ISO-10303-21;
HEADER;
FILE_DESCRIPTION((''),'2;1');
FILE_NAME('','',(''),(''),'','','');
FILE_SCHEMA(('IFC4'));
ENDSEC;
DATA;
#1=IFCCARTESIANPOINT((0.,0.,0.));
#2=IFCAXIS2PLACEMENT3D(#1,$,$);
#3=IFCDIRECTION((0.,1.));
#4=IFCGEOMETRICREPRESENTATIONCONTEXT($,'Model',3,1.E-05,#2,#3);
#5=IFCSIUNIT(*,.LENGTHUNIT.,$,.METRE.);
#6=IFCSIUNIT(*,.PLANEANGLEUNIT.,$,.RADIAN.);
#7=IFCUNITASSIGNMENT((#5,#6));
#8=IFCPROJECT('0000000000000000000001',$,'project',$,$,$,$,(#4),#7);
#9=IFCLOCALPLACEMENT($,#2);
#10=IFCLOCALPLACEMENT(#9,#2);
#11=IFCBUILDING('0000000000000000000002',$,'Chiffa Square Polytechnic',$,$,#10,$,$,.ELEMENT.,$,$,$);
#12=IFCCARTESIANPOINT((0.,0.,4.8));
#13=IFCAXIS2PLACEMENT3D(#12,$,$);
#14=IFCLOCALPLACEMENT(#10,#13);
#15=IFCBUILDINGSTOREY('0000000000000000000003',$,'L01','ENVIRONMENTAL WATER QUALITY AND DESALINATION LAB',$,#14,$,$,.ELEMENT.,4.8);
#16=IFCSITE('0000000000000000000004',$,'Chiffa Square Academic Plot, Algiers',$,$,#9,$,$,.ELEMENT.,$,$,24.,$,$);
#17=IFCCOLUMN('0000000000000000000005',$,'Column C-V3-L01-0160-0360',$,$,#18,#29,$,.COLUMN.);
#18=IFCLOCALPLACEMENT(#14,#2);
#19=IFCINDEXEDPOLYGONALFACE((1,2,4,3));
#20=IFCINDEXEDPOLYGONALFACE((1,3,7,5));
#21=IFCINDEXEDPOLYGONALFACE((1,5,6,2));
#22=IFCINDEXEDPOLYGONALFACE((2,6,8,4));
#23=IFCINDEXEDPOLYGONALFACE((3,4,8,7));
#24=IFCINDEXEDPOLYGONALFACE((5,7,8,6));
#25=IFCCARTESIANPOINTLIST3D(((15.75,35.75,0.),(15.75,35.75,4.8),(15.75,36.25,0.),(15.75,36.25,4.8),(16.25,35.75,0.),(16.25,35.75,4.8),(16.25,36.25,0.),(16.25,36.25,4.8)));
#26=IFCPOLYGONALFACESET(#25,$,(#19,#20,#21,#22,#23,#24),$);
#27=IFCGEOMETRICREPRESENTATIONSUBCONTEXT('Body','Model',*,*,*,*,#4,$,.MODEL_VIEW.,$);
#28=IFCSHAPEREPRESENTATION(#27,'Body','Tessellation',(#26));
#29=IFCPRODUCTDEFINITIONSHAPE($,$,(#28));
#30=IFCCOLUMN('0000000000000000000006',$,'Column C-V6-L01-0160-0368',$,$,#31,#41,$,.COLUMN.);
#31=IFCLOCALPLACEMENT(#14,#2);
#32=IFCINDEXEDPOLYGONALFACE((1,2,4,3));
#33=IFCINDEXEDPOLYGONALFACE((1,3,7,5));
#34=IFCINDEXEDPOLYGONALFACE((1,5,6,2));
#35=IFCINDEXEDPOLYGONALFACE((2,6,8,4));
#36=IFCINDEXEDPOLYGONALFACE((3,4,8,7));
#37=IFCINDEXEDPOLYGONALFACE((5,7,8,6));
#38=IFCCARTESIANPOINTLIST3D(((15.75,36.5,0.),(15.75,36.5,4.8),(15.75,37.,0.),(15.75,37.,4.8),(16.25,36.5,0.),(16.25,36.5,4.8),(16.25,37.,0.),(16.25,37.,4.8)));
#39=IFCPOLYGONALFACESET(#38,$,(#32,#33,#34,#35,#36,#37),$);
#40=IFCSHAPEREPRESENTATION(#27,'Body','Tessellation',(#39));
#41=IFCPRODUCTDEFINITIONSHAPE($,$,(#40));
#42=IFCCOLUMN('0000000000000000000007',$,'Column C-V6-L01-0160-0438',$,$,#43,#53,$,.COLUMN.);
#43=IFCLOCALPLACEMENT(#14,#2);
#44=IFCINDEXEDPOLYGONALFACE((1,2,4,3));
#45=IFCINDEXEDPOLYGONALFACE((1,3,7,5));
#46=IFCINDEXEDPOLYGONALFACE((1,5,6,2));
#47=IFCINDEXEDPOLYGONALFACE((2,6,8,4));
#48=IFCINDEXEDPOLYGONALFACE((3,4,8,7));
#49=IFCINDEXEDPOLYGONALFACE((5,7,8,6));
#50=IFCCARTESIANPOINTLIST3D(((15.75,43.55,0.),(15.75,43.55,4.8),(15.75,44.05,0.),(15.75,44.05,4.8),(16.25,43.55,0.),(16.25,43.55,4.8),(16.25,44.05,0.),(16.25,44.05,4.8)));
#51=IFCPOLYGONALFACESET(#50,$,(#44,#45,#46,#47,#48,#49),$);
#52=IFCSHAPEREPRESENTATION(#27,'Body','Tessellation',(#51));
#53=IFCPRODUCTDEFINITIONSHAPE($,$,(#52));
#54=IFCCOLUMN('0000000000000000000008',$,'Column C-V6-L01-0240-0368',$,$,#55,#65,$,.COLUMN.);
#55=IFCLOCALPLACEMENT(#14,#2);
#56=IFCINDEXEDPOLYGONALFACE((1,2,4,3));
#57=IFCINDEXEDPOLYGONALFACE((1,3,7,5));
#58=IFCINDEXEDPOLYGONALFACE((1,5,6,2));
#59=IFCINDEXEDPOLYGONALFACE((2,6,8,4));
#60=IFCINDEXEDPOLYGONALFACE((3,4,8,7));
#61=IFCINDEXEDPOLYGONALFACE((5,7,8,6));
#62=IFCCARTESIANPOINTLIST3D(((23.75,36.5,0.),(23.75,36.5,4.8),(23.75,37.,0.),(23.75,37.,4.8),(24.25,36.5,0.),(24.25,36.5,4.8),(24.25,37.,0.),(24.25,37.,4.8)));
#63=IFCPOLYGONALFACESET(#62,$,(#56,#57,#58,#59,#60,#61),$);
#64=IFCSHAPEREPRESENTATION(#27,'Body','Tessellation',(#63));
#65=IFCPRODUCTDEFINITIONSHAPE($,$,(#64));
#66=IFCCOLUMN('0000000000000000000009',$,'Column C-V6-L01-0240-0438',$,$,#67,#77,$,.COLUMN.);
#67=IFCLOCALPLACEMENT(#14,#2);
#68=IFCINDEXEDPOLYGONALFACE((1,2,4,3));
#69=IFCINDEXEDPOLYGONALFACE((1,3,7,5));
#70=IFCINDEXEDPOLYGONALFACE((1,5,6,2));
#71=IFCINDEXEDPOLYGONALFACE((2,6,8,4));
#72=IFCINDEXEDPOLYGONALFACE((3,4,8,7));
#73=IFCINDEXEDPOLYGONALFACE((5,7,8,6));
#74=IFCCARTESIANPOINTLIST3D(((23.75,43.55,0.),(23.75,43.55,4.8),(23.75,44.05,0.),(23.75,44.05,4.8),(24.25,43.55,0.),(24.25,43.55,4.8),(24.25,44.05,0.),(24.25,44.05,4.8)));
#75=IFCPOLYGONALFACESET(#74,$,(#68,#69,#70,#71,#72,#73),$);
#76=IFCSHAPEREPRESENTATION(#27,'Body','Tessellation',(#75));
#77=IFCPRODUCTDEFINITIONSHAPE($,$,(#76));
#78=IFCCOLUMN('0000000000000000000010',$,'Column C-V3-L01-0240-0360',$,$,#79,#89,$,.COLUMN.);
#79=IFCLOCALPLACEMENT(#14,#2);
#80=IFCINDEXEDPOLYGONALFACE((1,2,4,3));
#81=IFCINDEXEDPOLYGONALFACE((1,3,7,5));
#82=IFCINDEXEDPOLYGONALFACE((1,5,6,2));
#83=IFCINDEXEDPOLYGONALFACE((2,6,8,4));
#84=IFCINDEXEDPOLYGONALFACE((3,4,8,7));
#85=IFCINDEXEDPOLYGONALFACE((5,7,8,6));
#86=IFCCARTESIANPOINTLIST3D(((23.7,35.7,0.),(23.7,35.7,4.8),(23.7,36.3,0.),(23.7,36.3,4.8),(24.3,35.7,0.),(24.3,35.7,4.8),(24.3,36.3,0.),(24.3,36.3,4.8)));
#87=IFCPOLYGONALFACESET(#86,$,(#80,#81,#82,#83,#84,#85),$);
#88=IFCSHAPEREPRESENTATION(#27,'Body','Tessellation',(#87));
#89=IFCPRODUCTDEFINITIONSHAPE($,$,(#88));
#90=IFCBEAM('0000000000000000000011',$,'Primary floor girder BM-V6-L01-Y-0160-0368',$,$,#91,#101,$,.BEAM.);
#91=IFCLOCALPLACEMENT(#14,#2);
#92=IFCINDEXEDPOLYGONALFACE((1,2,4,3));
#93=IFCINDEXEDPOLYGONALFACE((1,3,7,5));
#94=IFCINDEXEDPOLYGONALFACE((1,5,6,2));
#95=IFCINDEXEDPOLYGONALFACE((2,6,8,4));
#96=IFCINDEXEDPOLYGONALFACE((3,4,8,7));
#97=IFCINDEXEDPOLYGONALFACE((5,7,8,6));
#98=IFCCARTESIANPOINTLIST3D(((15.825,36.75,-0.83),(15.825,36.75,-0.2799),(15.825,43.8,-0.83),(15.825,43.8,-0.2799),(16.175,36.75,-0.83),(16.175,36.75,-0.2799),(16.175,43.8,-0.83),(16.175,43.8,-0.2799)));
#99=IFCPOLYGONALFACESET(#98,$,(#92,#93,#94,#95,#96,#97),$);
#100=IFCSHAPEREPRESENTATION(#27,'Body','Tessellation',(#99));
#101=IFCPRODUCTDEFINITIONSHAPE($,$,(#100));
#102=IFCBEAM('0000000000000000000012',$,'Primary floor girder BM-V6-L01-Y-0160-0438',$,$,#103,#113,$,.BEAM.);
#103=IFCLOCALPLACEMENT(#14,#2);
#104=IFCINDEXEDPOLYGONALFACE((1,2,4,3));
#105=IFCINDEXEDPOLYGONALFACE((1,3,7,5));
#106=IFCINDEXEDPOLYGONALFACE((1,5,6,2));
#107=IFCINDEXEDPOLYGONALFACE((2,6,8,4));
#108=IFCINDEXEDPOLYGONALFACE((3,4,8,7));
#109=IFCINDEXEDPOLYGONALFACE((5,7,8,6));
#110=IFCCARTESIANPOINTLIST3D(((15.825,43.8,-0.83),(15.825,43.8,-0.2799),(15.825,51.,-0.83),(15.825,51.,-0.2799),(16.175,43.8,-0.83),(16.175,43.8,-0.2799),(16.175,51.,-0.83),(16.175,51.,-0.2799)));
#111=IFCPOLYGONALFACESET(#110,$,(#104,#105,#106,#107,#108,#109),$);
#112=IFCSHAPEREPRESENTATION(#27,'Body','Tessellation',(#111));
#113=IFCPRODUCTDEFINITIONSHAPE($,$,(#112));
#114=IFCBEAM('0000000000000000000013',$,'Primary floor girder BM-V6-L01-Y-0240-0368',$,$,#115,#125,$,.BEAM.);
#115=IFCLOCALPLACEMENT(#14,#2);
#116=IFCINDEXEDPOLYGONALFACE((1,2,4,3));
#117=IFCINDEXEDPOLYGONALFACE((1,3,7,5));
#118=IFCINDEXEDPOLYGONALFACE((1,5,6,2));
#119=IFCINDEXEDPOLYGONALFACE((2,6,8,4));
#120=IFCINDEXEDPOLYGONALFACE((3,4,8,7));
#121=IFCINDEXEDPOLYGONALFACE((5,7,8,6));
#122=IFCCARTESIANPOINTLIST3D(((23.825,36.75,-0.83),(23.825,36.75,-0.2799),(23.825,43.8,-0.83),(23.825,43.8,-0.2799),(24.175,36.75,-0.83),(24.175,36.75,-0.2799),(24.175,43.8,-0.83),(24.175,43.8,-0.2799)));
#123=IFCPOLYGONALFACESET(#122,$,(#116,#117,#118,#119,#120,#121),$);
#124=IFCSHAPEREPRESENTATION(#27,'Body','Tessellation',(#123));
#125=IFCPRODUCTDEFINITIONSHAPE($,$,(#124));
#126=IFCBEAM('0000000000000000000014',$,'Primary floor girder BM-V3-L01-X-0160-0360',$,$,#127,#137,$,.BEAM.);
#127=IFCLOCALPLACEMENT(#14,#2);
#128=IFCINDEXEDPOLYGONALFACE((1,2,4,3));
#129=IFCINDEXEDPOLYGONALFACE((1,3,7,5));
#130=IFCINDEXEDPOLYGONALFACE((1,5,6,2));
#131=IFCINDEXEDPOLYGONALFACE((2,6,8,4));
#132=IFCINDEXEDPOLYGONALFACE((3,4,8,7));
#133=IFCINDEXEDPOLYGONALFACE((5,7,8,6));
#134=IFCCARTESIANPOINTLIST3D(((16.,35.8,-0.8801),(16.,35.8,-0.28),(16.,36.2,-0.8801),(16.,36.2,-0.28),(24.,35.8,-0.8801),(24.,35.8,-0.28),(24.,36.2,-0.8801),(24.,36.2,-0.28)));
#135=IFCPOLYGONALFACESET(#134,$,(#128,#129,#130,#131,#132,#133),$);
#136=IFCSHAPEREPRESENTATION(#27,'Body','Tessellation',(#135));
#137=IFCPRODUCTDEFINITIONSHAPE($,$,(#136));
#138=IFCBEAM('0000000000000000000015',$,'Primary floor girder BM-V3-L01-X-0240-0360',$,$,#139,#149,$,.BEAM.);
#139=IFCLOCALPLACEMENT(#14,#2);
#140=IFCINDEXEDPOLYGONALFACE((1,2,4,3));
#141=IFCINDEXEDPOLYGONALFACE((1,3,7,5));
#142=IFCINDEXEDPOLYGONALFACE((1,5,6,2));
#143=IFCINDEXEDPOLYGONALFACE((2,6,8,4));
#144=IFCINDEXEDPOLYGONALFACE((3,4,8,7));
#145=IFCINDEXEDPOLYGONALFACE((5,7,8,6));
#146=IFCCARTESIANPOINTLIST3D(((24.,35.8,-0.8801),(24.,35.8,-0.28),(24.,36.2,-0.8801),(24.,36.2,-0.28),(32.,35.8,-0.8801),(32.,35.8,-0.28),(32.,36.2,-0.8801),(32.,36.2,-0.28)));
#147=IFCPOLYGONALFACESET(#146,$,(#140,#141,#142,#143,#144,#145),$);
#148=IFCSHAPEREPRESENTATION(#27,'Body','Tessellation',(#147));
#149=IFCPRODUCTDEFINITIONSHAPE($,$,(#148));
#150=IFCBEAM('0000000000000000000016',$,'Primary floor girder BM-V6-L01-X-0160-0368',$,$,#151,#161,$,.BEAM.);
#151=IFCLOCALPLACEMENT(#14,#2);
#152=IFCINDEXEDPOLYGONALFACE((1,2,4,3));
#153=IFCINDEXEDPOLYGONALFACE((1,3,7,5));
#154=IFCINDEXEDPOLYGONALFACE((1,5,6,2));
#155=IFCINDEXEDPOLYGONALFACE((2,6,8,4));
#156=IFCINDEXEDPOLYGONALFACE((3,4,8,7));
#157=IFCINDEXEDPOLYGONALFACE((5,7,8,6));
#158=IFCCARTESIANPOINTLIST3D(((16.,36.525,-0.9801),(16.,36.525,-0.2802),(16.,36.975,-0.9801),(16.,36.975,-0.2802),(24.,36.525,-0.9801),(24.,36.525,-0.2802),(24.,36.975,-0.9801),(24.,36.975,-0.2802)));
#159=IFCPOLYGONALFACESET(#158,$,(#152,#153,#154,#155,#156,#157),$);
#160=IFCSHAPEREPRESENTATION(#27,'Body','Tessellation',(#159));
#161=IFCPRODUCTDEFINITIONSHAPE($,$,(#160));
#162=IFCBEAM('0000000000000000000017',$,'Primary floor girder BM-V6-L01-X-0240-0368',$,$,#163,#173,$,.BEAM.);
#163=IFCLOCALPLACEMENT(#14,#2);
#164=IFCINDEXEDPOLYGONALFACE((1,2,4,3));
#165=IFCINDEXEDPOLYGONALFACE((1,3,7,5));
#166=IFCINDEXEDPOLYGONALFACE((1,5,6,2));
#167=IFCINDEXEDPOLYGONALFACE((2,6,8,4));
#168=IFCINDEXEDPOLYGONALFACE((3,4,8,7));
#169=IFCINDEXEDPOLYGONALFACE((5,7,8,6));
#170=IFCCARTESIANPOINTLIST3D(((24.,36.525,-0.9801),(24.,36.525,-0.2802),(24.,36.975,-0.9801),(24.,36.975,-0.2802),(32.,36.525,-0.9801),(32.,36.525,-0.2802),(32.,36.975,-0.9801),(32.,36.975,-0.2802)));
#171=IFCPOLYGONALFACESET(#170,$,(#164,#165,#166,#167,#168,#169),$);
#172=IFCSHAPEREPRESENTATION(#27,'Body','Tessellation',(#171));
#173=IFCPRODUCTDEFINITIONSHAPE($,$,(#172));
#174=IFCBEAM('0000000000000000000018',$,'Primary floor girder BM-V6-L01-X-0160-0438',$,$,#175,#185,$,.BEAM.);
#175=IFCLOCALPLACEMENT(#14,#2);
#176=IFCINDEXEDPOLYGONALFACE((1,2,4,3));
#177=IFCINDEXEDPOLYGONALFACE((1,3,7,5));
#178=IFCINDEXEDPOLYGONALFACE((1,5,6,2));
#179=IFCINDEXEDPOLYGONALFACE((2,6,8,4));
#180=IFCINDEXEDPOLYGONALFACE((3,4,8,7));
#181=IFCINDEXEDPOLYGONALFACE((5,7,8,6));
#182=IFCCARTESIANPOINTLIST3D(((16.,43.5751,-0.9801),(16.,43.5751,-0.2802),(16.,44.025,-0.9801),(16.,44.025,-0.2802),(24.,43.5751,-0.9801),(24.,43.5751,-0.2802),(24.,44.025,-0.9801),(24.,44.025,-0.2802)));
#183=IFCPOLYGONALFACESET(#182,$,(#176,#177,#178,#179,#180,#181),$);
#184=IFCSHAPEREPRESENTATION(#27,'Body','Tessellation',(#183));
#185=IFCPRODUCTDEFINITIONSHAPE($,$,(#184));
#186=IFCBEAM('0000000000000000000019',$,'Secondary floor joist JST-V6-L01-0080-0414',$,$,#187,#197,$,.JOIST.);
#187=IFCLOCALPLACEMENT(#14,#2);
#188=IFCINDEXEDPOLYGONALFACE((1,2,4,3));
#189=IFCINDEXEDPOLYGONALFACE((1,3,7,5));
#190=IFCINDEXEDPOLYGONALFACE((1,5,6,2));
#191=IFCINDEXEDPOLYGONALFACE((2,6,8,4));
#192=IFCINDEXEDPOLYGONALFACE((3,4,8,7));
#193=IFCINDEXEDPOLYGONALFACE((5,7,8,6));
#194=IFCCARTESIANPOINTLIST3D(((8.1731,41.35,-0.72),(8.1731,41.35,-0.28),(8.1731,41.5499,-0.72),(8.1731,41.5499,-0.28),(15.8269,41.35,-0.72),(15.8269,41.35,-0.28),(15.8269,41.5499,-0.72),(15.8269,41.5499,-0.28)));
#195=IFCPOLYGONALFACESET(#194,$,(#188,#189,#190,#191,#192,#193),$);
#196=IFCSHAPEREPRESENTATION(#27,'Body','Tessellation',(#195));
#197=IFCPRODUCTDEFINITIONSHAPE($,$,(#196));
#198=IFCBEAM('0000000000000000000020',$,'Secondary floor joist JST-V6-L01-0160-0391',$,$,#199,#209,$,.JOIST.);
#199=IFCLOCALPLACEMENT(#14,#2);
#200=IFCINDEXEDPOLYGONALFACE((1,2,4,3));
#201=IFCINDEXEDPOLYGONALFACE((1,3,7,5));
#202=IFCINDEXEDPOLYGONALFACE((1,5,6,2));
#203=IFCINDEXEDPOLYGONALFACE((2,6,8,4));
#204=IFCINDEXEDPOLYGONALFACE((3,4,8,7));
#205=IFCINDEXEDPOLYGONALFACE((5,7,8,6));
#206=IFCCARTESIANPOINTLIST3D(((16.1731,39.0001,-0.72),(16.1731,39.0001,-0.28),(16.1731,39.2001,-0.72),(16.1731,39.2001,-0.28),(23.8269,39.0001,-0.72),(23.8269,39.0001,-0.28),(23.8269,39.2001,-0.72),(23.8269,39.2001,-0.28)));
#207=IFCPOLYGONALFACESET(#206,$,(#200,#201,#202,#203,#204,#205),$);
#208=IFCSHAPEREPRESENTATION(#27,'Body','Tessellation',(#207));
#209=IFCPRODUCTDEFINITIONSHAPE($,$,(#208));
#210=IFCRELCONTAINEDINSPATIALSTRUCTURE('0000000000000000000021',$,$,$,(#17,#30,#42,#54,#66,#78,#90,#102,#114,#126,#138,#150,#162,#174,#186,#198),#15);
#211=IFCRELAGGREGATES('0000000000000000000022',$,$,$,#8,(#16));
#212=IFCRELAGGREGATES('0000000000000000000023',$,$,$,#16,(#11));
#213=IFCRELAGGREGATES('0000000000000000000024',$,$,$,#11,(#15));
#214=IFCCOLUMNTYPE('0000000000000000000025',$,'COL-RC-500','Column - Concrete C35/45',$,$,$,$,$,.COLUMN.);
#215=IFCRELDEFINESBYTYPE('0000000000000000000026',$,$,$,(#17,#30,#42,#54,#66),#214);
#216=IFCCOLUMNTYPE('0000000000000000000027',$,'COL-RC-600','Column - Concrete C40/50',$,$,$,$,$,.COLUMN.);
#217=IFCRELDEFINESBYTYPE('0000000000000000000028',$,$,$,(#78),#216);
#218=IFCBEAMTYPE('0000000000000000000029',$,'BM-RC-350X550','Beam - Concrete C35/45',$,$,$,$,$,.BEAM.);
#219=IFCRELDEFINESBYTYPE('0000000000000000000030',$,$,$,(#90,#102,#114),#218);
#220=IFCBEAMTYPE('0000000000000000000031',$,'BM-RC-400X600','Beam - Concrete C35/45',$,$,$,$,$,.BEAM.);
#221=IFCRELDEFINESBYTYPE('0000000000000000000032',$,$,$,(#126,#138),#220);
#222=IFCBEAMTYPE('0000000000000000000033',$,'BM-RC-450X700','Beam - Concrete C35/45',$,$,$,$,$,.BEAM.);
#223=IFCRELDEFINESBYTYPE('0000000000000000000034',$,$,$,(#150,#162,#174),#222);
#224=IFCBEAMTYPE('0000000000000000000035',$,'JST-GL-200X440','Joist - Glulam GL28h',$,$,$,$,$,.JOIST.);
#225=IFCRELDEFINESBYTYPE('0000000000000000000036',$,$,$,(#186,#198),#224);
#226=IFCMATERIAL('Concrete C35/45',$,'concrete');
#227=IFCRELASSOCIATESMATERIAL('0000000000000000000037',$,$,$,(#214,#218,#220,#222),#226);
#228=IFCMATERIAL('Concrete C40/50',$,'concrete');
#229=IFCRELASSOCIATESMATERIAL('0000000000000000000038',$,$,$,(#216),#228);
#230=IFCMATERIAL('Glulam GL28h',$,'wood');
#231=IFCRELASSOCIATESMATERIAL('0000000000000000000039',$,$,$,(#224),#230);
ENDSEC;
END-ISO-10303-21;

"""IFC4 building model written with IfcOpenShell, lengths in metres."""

from ifc_helpers import new_model, si_unit, direction, frame, origin, origin_2d, place, context, subcontext, project, spatial, rectangle, extrude, material, material_profile, profile_set, type_object, element, save


model = new_model("IFC4")

# Units and contexts
model_context = context("Model", 3, precision=1e-05, world=origin(), true_north=direction((0.0, 1.0)))
body_context = subcontext(model_context, "Body", "Model", "MODEL_VIEW")
ifc_project = project(units=[si_unit("LENGTHUNIT", "METRE"), si_unit("PLANEANGLEUNIT", "RADIAN")], contexts=[model_context])

# Site, building, storey
site_placement = place(None, origin())
site = spatial("IfcSite", under=ifc_project, at=site_placement, Name="Chiffa Square Academic Plot, Algiers", CompositionType="ELEMENT", RefElevation=24.0)
building_placement = place(site_placement, origin())
building = spatial("IfcBuilding", under=site, at=building_placement, Name="Chiffa Square Polytechnic", CompositionType="ELEMENT")
storey_placement = place(building_placement, frame((0.0, 0.0, 4.8)))
storey = spatial("IfcBuildingStorey", under=building, at=storey_placement, Name="L01", Description="ENVIRONMENTAL WATER QUALITY AND DESALINATION LAB", CompositionType="ELEMENT", Elevation=4.8)

# Columns
ifc_material_1 = material(Name="Concrete C35/45", Category="concrete")
ifc_material_profile_1 = material_profile(ifc_material_1, rectangle(XDim=0.5, YDim=0.5, at=origin_2d()), Name="RC 500x500")
ifc_profile_set_1 = profile_set([ifc_material_profile_1], Name="Concrete C35/45")
column_type_1 = type_object("IfcColumnType", Name="COL-RC-500", Description="Column - Concrete C35/45", PredefinedType="COLUMN", material=ifc_profile_set_1)
for number, where, z_axis, x_axis, name in (
    (1, (16.0, 36.0, 0.0), (0.0, 0.0, 1.0), (1.0, 0.0, 0.0), "Column C-V3-L01-0160-0360"),
    (2, (16.0, 36.75, 0.0), (0.0, 0.0, 1.0), (1.0, 0.0, 0.0), "Column C-V6-L01-0160-0368"),
    (3, (16.0, 43.8, 0.0), (0.0, 0.0, 1.0), (1.0, 0.0, 0.0), "Column C-V6-L01-0160-0438"),
    (4, (24.0, 36.75, 0.0), (0.0, 0.0, 1.0), (1.0, 0.0, 0.0), "Column C-V6-L01-0240-0368"),
    (5, (24.0, 43.8, 0.0), (0.0, 0.0, 1.0), (1.0, 0.0, 0.0), "Column C-V6-L01-0240-0438"),
):
    element("IfcColumn", number, at=place(storey_placement, frame(where, z_axis=z_axis, x_axis=x_axis)), inside=storey, type_object=column_type_1, Name=name, PredefinedType="COLUMN", context=body_context, shape_type="SweptSolid", body=[
        extrude(rectangle(XDim=0.5, YDim=0.5, at=origin_2d()), origin(), (0.0, 0.0, 1.0), 4.8),
    ])
ifc_material_2 = material(Name="Concrete C40/50", Category="concrete")
ifc_material_profile_2 = material_profile(ifc_material_2, rectangle(XDim=0.6001, YDim=0.6001, at=origin_2d()), Name="RC 600x600")
ifc_profile_set_2 = profile_set([ifc_material_profile_2], Name="Concrete C40/50")
column_type_2 = type_object("IfcColumnType", Name="COL-RC-600", Description="Column - Concrete C40/50", PredefinedType="COLUMN", material=ifc_profile_set_2)
column_placement = place(storey_placement, frame((24.0, 36.0, 0.0), z_axis=(0.0, 0.0, 1.0), x_axis=(1.0, 0.0, 0.0)))
element("IfcColumn", 6, at=column_placement, inside=storey, type_object=column_type_2, Name="Column C-V3-L01-0240-0360", PredefinedType="COLUMN", context=body_context, shape_type="SweptSolid", body=[
    extrude(rectangle(XDim=0.6001, YDim=0.6001, at=origin_2d()), origin(), (0.0, 0.0, 1.0), 4.8),
])

# Beams
ifc_material_profile_3 = material_profile(ifc_material_1, rectangle(XDim=0.3501, YDim=0.55, at=origin_2d()), Name="RC 350x550")
ifc_profile_set_3 = profile_set([ifc_material_profile_3], Name="Concrete C35/45")
beam_type_1 = type_object("IfcBeamType", Name="BM-RC-350X550", Description="Beam - Concrete C35/45", PredefinedType="BEAM", material=ifc_profile_set_3)
beam_1_placement = place(storey_placement, frame((16.0, 36.75, -0.5549), z_axis=(0.0, 1.0, 0.0), x_axis=(-1.0, 0.0, 0.0)))
element("IfcBeam", 7, at=beam_1_placement, inside=storey, type_object=beam_type_1, Name="Primary floor girder BM-V6-L01-Y-0160-0368", PredefinedType="BEAM", context=body_context, shape_type="SweptSolid", body=[
    extrude(rectangle(XDim=0.3501, YDim=0.55, at=origin_2d()), origin(), (0.0, 0.0, 1.0), 7.05),
])
beam_2_placement = place(storey_placement, frame((16.0, 43.8, -0.5549), z_axis=(0.0, 1.0, 0.0), x_axis=(-1.0, 0.0, 0.0)))
element("IfcBeam", 8, at=beam_2_placement, inside=storey, type_object=beam_type_1, Name="Primary floor girder BM-V6-L01-Y-0160-0438", PredefinedType="BEAM", context=body_context, shape_type="SweptSolid", body=[
    extrude(rectangle(XDim=0.3501, YDim=0.55, at=origin_2d()), origin(), (0.0, 0.0, 1.0), 7.2),
])
beam_3_placement = place(storey_placement, frame((24.0, 36.75, -0.5549), z_axis=(0.0, 1.0, 0.0), x_axis=(-1.0, 0.0, 0.0)))
element("IfcBeam", 9, at=beam_3_placement, inside=storey, type_object=beam_type_1, Name="Primary floor girder BM-V6-L01-Y-0240-0368", PredefinedType="BEAM", context=body_context, shape_type="SweptSolid", body=[
    extrude(rectangle(XDim=0.3501, YDim=0.55, at=origin_2d()), origin(), (0.0, 0.0, 1.0), 7.05),
])
ifc_material_profile_4 = material_profile(ifc_material_1, rectangle(XDim=0.3999, YDim=0.6001, at=origin_2d()), Name="RC 400x600")
ifc_profile_set_4 = profile_set([ifc_material_profile_4], Name="Concrete C35/45")
beam_type_2 = type_object("IfcBeamType", Name="BM-RC-400X600", Description="Beam - Concrete C35/45", PredefinedType="BEAM", material=ifc_profile_set_4)
for number, where, z_axis, x_axis, name in (
    (10, (16.0, 36.0, -0.5801), (1.0, 0.0, 0.0), (0.0, 1.0, 0.0), "Primary floor girder BM-V3-L01-X-0160-0360"),
    (11, (24.0, 36.0, -0.5801), (1.0, 0.0, 0.0), (0.0, 1.0, 0.0), "Primary floor girder BM-V3-L01-X-0240-0360"),
):
    element("IfcBeam", number, at=place(storey_placement, frame(where, z_axis=z_axis, x_axis=x_axis)), inside=storey, type_object=beam_type_2, Name=name, PredefinedType="BEAM", context=body_context, shape_type="SweptSolid", body=[
        extrude(rectangle(XDim=0.3999, YDim=0.6001, at=origin_2d()), origin(), (0.0, 0.0, 1.0), 8.0),
    ])
ifc_material_profile_5 = material_profile(ifc_material_1, rectangle(XDim=0.45, YDim=0.7, at=origin_2d()), Name="RC 450x700")
ifc_profile_set_5 = profile_set([ifc_material_profile_5], Name="Concrete C35/45")
beam_type_3 = type_object("IfcBeamType", Name="BM-RC-450X700", Description="Beam - Concrete C35/45", PredefinedType="BEAM", material=ifc_profile_set_5)
for number, where, z_axis, x_axis, name in (
    (12, (16.0, 36.75, -0.6301), (1.0, 0.0, 0.0), (0.0, 1.0, 0.0), "Primary floor girder BM-V6-L01-X-0160-0368"),
    (13, (24.0, 36.75, -0.6301), (1.0, 0.0, 0.0), (0.0, 1.0, 0.0), "Primary floor girder BM-V6-L01-X-0240-0368"),
    (14, (16.0, 43.8, -0.6301), (1.0, 0.0, 0.0), (0.0, 1.0, 0.0), "Primary floor girder BM-V6-L01-X-0160-0438"),
):
    element("IfcBeam", number, at=place(storey_placement, frame(where, z_axis=z_axis, x_axis=x_axis)), inside=storey, type_object=beam_type_3, Name=name, PredefinedType="BEAM", context=body_context, shape_type="SweptSolid", body=[
        extrude(rectangle(XDim=0.45, YDim=0.7, at=origin_2d()), origin(), (0.0, 0.0, 1.0), 8.0),
    ])
ifc_material_3 = material(Name="Glulam GL28h", Category="wood")
ifc_material_profile_6 = material_profile(ifc_material_3, rectangle(XDim=0.2, YDim=0.4399, at=origin_2d()), Name="GL28h 200x440")
ifc_profile_set_6 = profile_set([ifc_material_profile_6], Name="Glulam GL28h")
beam_type_4 = type_object("IfcBeamType", Name="JST-GL-200X440", Description="Joist - Glulam GL28h", PredefinedType="JOIST", material=ifc_profile_set_6)
for number, where, z_axis, x_axis, name in (
    (15, (8.1731, 41.45, -0.5), (1.0, 0.0, 0.0), (0.0, 1.0, 0.0), "Secondary floor joist JST-V6-L01-0080-0414"),
    (16, (16.1731, 39.1001, -0.5), (1.0, 0.0, 0.0), (0.0, 1.0, 0.0), "Secondary floor joist JST-V6-L01-0160-0391"),
):
    element("IfcBeam", number, at=place(storey_placement, frame(where, z_axis=z_axis, x_axis=x_axis)), inside=storey, type_object=beam_type_4, Name=name, PredefinedType="JOIST", context=body_context, shape_type="SweptSolid", body=[
        extrude(rectangle(XDim=0.2, YDim=0.4399, at=origin_2d()), origin(), (0.0, 0.0, 1.0), 7.6538),
    ])

save(model, "model.ifc")
